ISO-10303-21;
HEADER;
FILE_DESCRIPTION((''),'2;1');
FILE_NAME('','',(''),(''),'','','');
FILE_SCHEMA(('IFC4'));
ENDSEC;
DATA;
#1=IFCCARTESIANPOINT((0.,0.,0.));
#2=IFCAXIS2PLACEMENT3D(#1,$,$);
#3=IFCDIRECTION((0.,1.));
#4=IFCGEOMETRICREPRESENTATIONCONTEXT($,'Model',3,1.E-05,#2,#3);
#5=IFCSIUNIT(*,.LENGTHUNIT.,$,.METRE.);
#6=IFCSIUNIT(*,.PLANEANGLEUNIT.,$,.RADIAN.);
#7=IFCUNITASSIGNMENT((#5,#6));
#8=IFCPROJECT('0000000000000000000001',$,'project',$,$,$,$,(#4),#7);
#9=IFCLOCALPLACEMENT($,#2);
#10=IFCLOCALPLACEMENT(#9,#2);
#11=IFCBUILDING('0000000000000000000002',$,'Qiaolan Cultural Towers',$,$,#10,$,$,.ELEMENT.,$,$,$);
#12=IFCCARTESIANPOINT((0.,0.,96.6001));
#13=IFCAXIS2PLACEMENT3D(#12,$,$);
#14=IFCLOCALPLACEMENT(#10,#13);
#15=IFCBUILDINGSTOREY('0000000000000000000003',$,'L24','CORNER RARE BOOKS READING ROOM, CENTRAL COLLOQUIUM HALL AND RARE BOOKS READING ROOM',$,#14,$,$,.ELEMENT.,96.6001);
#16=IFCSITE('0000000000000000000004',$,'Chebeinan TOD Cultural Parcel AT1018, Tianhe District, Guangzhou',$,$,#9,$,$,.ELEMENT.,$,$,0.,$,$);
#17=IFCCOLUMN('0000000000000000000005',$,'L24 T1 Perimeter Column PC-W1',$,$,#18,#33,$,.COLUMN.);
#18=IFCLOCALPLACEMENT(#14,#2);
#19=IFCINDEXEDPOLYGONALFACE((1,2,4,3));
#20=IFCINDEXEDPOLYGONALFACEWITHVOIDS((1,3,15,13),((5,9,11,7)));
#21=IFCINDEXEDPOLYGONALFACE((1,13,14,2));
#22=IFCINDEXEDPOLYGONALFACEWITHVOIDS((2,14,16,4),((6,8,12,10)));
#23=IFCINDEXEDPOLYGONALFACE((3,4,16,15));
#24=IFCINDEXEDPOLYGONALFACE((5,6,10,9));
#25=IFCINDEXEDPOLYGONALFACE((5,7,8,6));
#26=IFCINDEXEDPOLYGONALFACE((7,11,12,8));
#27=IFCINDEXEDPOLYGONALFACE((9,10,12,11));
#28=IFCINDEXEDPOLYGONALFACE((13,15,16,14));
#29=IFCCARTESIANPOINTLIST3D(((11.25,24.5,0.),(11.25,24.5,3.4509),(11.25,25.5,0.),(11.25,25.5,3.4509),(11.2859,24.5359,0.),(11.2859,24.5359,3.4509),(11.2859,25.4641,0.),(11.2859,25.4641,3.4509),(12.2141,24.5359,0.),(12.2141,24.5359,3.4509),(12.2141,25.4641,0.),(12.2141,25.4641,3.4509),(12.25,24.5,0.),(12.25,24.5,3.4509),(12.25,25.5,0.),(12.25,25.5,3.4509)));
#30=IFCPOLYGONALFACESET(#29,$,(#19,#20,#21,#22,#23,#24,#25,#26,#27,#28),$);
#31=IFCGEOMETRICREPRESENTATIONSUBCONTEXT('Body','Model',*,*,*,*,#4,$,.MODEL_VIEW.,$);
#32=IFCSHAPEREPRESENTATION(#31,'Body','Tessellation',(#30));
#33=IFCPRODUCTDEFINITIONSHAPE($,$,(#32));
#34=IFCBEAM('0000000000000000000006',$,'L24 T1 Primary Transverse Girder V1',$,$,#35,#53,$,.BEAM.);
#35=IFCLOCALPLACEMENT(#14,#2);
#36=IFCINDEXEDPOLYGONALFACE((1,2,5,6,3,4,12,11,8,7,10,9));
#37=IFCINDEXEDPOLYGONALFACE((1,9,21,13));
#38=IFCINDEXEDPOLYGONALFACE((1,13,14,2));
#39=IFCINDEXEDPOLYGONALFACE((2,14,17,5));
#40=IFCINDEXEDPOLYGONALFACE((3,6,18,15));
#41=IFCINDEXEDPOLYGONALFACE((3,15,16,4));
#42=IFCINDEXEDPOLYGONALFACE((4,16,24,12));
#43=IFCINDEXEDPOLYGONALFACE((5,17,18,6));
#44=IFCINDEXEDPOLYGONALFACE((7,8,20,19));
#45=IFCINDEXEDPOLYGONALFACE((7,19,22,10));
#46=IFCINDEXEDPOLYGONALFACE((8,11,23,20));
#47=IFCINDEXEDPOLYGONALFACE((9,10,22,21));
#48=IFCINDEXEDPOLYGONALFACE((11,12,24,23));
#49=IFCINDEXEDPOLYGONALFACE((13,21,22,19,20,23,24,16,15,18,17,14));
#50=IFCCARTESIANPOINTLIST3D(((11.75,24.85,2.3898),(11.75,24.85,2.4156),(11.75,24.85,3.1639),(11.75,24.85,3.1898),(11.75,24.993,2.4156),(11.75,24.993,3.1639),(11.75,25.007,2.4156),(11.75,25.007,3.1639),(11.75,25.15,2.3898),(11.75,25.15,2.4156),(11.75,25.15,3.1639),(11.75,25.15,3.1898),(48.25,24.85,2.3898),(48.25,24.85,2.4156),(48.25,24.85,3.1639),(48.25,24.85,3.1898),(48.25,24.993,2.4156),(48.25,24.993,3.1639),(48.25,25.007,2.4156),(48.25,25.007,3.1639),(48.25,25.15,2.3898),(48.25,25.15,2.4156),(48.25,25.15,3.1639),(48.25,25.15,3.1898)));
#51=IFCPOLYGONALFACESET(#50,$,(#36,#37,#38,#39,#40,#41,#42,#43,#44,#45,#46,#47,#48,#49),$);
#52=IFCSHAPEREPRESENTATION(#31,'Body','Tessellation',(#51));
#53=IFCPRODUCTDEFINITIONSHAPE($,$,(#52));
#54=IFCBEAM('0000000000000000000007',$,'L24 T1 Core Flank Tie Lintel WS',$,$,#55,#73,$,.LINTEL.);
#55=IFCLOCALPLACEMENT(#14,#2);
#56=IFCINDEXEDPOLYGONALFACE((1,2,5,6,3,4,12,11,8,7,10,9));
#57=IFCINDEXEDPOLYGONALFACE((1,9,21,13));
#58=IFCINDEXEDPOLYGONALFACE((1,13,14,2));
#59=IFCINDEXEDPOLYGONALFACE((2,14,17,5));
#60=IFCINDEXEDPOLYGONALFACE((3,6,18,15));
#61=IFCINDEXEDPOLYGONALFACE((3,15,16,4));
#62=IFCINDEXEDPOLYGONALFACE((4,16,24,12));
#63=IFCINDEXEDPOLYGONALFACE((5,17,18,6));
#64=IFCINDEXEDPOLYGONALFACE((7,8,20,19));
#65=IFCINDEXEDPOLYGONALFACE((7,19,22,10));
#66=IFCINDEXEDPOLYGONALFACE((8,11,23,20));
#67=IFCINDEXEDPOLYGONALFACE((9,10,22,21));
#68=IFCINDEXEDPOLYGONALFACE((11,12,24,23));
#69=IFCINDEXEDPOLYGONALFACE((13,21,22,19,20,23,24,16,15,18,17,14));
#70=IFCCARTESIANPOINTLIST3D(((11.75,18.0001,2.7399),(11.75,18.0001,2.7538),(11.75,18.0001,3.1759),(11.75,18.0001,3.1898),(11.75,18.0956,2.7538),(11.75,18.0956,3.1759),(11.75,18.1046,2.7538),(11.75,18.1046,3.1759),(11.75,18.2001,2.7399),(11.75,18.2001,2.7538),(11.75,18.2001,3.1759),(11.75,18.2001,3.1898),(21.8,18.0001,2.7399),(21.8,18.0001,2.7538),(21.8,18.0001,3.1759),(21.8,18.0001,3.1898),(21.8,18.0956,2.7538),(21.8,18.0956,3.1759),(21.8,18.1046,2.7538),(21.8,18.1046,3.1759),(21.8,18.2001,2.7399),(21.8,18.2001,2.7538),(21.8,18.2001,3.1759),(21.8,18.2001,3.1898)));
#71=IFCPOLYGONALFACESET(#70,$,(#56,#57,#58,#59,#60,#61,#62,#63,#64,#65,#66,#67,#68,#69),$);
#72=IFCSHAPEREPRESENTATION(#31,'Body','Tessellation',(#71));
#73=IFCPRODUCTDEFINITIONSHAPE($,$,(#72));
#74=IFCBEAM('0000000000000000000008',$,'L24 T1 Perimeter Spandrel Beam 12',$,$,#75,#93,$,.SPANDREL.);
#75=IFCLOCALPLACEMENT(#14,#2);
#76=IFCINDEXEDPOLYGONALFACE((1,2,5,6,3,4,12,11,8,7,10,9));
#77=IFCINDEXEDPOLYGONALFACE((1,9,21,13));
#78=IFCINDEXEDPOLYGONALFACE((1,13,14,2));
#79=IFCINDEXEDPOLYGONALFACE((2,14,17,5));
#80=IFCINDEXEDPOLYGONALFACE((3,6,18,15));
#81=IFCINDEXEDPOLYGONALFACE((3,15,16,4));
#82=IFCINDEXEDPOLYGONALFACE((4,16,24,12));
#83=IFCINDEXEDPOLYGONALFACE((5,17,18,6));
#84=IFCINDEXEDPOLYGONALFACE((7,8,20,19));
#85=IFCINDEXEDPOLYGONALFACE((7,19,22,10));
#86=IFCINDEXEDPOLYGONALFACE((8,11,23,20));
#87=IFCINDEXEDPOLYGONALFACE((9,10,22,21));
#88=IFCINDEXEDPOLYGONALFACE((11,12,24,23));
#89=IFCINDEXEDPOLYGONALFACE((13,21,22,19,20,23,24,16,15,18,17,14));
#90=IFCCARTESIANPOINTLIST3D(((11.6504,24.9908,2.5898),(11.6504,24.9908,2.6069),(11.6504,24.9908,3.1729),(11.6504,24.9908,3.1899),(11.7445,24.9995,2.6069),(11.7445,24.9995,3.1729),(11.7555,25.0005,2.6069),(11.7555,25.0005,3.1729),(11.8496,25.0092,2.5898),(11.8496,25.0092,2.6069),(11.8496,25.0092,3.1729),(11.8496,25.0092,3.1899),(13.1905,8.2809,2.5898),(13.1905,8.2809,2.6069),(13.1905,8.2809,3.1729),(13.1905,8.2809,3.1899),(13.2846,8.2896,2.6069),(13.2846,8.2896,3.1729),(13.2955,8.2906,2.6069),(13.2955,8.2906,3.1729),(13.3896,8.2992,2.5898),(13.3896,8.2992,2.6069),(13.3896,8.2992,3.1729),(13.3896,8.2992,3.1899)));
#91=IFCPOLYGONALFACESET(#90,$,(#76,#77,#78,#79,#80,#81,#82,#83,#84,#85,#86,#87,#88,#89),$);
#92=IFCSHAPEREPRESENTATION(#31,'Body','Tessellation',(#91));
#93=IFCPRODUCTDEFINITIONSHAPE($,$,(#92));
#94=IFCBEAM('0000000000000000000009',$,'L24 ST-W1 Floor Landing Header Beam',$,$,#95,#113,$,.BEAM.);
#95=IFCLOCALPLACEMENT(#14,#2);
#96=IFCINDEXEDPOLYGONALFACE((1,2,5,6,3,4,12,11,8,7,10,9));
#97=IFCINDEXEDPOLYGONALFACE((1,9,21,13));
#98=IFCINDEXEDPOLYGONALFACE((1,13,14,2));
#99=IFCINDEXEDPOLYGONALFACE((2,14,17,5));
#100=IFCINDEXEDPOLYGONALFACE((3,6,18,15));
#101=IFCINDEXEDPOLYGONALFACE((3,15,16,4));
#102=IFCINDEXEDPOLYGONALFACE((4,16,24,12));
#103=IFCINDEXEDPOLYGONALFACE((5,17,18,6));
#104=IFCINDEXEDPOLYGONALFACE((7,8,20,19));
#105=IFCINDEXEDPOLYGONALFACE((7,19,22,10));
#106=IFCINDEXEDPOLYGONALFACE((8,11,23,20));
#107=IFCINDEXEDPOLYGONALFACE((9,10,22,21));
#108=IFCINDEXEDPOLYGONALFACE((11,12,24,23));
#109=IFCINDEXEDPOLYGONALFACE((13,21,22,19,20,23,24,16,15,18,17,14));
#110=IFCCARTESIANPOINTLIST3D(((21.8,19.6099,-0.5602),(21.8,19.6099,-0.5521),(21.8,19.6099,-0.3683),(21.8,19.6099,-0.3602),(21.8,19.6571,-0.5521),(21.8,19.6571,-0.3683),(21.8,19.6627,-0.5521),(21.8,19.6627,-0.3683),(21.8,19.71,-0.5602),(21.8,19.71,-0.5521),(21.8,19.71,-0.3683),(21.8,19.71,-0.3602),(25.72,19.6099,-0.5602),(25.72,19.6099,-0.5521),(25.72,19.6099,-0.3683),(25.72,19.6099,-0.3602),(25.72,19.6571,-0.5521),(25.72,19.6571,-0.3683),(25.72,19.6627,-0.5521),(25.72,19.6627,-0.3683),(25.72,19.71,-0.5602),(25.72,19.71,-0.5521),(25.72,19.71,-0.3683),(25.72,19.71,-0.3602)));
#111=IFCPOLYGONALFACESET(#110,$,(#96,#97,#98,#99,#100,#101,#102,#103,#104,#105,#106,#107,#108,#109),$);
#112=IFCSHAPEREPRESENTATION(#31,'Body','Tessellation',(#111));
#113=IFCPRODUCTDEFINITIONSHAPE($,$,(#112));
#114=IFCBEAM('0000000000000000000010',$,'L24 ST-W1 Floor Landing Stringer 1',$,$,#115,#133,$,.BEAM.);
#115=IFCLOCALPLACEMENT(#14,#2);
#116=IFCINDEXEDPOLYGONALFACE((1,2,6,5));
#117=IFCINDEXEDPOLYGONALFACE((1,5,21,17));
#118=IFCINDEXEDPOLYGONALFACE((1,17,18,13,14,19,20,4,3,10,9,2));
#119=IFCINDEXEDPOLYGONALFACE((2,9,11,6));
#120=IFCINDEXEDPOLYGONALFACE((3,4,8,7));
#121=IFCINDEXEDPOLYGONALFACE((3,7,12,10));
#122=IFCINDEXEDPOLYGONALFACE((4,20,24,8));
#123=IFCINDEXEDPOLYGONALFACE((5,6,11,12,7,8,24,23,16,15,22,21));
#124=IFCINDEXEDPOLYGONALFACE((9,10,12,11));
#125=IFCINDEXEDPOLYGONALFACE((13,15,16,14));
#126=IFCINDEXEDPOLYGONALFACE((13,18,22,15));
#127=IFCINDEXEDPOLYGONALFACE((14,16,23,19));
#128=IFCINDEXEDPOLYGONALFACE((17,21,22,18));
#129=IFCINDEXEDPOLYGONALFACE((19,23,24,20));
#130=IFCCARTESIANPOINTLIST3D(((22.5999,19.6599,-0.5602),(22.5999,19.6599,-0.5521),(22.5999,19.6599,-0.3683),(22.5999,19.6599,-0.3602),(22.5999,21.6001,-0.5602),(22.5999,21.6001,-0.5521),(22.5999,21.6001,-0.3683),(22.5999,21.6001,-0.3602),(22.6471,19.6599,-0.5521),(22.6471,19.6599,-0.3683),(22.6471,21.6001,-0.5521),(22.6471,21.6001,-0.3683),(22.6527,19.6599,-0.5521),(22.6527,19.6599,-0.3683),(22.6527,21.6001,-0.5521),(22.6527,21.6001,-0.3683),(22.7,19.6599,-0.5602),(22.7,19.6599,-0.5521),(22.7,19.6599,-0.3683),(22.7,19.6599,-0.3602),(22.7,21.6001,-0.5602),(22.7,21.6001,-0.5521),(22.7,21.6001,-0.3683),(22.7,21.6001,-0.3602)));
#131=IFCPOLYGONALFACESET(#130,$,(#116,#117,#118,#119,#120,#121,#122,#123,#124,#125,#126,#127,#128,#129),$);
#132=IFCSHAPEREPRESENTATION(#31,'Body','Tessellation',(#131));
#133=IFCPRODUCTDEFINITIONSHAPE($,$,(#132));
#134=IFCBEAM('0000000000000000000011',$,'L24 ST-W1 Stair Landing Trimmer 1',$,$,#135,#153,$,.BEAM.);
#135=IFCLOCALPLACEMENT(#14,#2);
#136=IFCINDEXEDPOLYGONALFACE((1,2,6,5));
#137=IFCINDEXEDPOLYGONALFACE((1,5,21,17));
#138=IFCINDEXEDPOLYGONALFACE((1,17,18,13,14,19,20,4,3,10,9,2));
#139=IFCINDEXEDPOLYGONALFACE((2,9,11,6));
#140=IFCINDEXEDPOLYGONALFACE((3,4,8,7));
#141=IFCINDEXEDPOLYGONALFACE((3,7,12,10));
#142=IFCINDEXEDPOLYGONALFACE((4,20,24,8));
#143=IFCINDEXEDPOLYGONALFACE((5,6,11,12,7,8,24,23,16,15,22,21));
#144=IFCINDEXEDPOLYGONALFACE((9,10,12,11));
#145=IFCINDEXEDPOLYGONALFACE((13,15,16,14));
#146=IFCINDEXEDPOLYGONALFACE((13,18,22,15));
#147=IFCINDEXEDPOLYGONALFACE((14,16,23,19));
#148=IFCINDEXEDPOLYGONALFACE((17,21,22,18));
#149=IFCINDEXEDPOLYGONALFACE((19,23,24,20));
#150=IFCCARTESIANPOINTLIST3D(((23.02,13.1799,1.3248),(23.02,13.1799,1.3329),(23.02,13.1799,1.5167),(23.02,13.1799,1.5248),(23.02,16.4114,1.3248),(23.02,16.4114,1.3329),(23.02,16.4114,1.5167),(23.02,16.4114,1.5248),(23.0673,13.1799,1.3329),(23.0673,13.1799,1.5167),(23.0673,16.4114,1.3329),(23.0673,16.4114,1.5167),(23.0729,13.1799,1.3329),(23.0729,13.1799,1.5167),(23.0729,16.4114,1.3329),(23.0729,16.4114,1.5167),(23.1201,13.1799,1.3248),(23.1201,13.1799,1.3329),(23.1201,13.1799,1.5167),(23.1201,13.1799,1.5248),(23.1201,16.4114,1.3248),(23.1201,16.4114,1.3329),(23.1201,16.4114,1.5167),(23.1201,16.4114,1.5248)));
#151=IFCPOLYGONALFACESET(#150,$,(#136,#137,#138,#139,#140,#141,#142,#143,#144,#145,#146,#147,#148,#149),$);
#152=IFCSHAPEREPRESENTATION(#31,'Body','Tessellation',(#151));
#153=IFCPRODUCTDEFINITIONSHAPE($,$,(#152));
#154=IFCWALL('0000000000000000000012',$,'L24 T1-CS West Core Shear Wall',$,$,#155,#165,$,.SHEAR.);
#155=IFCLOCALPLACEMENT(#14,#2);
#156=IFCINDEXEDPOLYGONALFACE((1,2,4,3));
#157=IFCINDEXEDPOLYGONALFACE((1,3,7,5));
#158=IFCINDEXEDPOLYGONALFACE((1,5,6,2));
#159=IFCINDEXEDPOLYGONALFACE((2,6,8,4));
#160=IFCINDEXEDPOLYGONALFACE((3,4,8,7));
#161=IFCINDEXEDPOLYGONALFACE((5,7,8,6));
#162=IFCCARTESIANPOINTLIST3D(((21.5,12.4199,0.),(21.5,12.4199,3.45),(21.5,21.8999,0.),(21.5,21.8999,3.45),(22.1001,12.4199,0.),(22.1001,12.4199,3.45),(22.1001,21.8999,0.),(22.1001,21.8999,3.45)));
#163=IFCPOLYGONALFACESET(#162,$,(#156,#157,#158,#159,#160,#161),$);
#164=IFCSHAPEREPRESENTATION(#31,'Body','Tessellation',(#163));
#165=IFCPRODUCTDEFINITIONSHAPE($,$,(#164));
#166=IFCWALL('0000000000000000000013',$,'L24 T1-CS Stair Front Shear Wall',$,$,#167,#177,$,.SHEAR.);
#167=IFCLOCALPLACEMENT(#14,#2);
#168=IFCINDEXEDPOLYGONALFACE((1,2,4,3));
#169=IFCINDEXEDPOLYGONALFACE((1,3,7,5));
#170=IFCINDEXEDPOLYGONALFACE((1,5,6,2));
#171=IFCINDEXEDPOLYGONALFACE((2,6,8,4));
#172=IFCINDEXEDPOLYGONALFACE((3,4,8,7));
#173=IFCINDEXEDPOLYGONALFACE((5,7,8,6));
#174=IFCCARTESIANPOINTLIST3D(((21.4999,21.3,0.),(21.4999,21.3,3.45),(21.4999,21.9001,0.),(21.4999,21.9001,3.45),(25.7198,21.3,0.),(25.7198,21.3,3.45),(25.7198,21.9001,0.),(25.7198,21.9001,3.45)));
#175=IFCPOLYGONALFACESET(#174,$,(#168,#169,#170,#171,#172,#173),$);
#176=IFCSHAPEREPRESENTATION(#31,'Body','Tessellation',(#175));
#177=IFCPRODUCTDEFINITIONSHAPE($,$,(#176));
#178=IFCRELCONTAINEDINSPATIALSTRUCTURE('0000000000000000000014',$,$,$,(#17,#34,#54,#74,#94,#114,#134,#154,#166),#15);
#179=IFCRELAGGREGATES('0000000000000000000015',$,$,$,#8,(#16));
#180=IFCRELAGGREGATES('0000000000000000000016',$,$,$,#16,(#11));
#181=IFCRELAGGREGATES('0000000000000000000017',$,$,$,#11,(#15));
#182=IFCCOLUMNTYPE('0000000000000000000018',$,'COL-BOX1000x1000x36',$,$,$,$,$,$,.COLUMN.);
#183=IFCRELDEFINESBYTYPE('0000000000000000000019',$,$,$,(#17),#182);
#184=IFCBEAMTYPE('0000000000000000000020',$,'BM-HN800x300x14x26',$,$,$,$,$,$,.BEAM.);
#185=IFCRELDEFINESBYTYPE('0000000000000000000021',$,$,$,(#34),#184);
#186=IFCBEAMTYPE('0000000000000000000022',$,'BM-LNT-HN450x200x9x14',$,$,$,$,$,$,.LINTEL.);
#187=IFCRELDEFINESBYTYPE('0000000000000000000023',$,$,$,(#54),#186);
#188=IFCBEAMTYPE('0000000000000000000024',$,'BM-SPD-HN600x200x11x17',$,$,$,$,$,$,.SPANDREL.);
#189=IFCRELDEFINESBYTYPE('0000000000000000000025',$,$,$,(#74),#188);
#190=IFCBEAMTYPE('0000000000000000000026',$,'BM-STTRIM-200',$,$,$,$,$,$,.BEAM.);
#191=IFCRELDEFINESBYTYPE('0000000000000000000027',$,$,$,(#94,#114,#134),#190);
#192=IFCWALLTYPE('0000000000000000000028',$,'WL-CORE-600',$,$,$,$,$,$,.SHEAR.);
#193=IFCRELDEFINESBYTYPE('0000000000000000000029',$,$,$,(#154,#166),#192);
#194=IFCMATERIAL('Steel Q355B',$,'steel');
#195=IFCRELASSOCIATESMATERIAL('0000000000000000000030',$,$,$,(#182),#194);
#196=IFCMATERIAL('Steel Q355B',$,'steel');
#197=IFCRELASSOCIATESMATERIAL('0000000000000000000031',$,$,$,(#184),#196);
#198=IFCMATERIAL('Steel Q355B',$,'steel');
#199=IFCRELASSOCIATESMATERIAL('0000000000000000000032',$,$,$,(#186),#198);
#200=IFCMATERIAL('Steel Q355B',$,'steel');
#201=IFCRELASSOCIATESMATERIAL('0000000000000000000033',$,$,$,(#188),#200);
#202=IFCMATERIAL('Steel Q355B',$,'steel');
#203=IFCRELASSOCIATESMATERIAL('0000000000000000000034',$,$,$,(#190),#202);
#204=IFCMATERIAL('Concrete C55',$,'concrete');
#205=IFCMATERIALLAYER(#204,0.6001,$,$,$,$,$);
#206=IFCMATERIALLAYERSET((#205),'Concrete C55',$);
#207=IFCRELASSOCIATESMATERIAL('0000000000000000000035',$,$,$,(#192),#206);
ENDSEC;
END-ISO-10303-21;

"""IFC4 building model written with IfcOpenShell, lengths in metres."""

from ifc_helpers import new_model, si_unit, direction, frame, frame_2d, origin, origin_2d, place, context, subcontext, project, spatial, rectangle, hollow_rectangle, i_section, extrude, material, layer, layer_set, material_profile, profile_set, type_object, element, save


model = new_model("IFC4")

# Units and contexts
model_context = context("Model", 3, precision=1e-05, world=origin(), true_north=direction((0.0, 1.0)))
body_context = subcontext(model_context, "Body", "Model", "MODEL_VIEW")
ifc_project = project(units=[si_unit("LENGTHUNIT", "METRE"), si_unit("PLANEANGLEUNIT", "RADIAN")], contexts=[model_context])

# Site, building, storey
site_placement = place(None, origin())
site = spatial("IfcSite", under=ifc_project, at=site_placement, Name="Chebeinan TOD Cultural Parcel AT1018, Tianhe District, Guangzhou", CompositionType="ELEMENT", RefElevation=0.0)
building_placement = place(site_placement, origin())
building = spatial("IfcBuilding", under=site, at=building_placement, Name="Qiaolan Cultural Towers", CompositionType="ELEMENT")
storey_placement = place(building_placement, frame((0.0, 0.0, 96.6001)))
storey = spatial("IfcBuildingStorey", under=building, at=storey_placement, Name="L24", Description="CORNER RARE BOOKS READING ROOM, CENTRAL COLLOQUIUM HALL AND RARE BOOKS READING ROOM", CompositionType="ELEMENT", Elevation=96.6001)

# Column
ifc_material_1 = material(Name="Steel Q355B", Category="steel")
ifc_material_profile_1 = material_profile(ifc_material_1, hollow_rectangle(XDim=1.0, YDim=1.0, WallThickness=0.0359, at=origin_2d()), Name="BOX1000x1000x36")
ifc_profile_set_1 = profile_set([ifc_material_profile_1], Name="Steel Q355B")
column_type = type_object("IfcColumnType", Name="COL-BOX1000x1000x36", PredefinedType="COLUMN", material=ifc_profile_set_1)
column_placement = place(storey_placement, frame((11.75, 25.0, 0.0), z_axis=(0.0, 0.0, 1.0), x_axis=(1.0, 0.0, 0.0)))
element("IfcColumn", 1, at=column_placement, inside=storey, type_object=column_type, Name="L24 T1 Perimeter Column PC-W1", PredefinedType="COLUMN", context=body_context, shape_type="SweptSolid", body=[
    extrude(hollow_rectangle(XDim=1.0, YDim=1.0, WallThickness=0.0359, at=origin_2d()), origin(), (0.0, 0.0, 1.0), 3.4509),
])

# Beams
ifc_material_2 = material(Name="Steel Q355B", Category="steel")
ifc_material_profile_2 = material_profile(ifc_material_2, i_section(OverallWidth=0.3, OverallDepth=0.8, WebThickness=0.0139, FlangeThickness=0.0259, at=origin_2d()), Name="HN800x300x14x26")
ifc_profile_set_2 = profile_set([ifc_material_profile_2], Name="Steel Q355B")
beam_type_1 = type_object("IfcBeamType", Name="BM-HN800x300x14x26", PredefinedType="BEAM", material=ifc_profile_set_2)
beam_1_placement = place(storey_placement, frame((11.75, 25.0, 2.7898), z_axis=(1.0, 0.0, 0.0), x_axis=(0.0, 1.0, 0.0)))
element("IfcBeam", 2, at=beam_1_placement, inside=storey, type_object=beam_type_1, Name="L24 T1 Primary Transverse Girder V1", PredefinedType="BEAM", context=body_context, shape_type="SweptSolid", body=[
    extrude(i_section(OverallWidth=0.3, OverallDepth=0.8, WebThickness=0.0139, FlangeThickness=0.0259, at=origin_2d()), origin(), (0.0, 0.0, 1.0), 36.5),
])
ifc_material_3 = material(Name="Steel Q355B", Category="steel")
ifc_material_profile_3 = material_profile(ifc_material_3, i_section(OverallWidth=0.2, OverallDepth=0.45, WebThickness=0.009, FlangeThickness=0.0139, at=origin_2d()), Name="HN450x200x9x14")
ifc_profile_set_3 = profile_set([ifc_material_profile_3], Name="Steel Q355B")
beam_type_2 = type_object("IfcBeamType", Name="BM-LNT-HN450x200x9x14", PredefinedType="LINTEL", material=ifc_profile_set_3)
beam_2_placement = place(storey_placement, frame((21.8, 18.1001, 2.9648), z_axis=(-1.0, 0.0, 0.0), x_axis=(0.0, -1.0, 0.0)))
element("IfcBeam", 3, at=beam_2_placement, inside=storey, type_object=beam_type_2, Name="L24 T1 Core Flank Tie Lintel WS", PredefinedType="LINTEL", context=body_context, shape_type="SweptSolid", body=[
    extrude(i_section(OverallWidth=0.2, OverallDepth=0.45, WebThickness=0.009, FlangeThickness=0.0139, at=origin_2d()), origin(), (0.0, 0.0, 1.0), 10.05),
])
ifc_material_4 = material(Name="Steel Q355B", Category="steel")
ifc_material_profile_4 = material_profile(ifc_material_4, i_section(OverallWidth=0.2, OverallDepth=0.6001, WebThickness=0.011, FlangeThickness=0.0171, at=origin_2d()), Name="HN600x200x11x17")
ifc_profile_set_4 = profile_set([ifc_material_profile_4], Name="Steel Q355B")
beam_type_3 = type_object("IfcBeamType", Name="BM-SPD-HN600x200x11x17", PredefinedType="SPANDREL", material=ifc_profile_set_4)
beam_3_placement = place(storey_placement, frame((11.75, 25.0, 2.8899), z_axis=(0.091774, -0.99578, 0.0), x_axis=(0.99578, 0.091774, 0.0)))
element("IfcBeam", 4, at=beam_3_placement, inside=storey, type_object=beam_type_3, Name="L24 T1 Perimeter Spandrel Beam 12", PredefinedType="SPANDREL", context=body_context, shape_type="SweptSolid", body=[
    extrude(i_section(OverallWidth=0.2, OverallDepth=0.6001, WebThickness=0.011, FlangeThickness=0.0171, at=origin_2d()), origin(), (0.0, 0.0, 1.0), 16.7808),
])
ifc_material_5 = material(Name="Steel Q355B", Category="steel")
ifc_material_profile_5 = material_profile(ifc_material_5, i_section(OverallWidth=0.1001, OverallDepth=0.2, WebThickness=0.0056, FlangeThickness=0.0081, at=origin_2d()), Name="HN200x100x5.5x8")
ifc_profile_set_5 = profile_set([ifc_material_profile_5], Name="Steel Q355B")
beam_type_4 = type_object("IfcBeamType", Name="BM-STTRIM-200", PredefinedType="BEAM", material=ifc_profile_set_5)
beam_4_placement = place(storey_placement, frame((21.8, 19.6599, -0.4602), z_axis=(1.0, 0.0, 0.0), x_axis=(0.0, 1.0, 0.0)))
element("IfcBeam", 5, at=beam_4_placement, inside=storey, type_object=beam_type_4, Name="L24 ST-W1 Floor Landing Header Beam", PredefinedType="BEAM", context=body_context, shape_type="SweptSolid", body=[
    extrude(i_section(OverallWidth=0.1001, OverallDepth=0.2, WebThickness=0.0056, FlangeThickness=0.0081, at=origin_2d()), origin(), (0.0, 0.0, 1.0), 3.9199),
])
beam_5_placement = place(storey_placement, frame((22.6499, 21.6001, -0.4602), z_axis=(0.0, -1.0, 0.0), x_axis=(1.0, 0.0, 0.0)))
element("IfcBeam", 6, at=beam_5_placement, inside=storey, type_object=beam_type_4, Name="L24 ST-W1 Floor Landing Stringer 1", PredefinedType="BEAM", context=body_context, shape_type="SweptSolid", body=[
    extrude(i_section(OverallWidth=0.1001, OverallDepth=0.2, WebThickness=0.0056, FlangeThickness=0.0081, at=origin_2d()), origin(), (0.0, 0.0, 1.0), 1.9402),
])
beam_6_placement = place(storey_placement, frame((23.0701, 16.4114, 1.4248), z_axis=(0.0, -1.0, 0.0), x_axis=(1.0, 0.0, 0.0)))
element("IfcBeam", 7, at=beam_6_placement, inside=storey, type_object=beam_type_4, Name="L24 ST-W1 Stair Landing Trimmer 1", PredefinedType="BEAM", context=body_context, shape_type="SweptSolid", body=[
    extrude(i_section(OverallWidth=0.1001, OverallDepth=0.2, WebThickness=0.0056, FlangeThickness=0.0081, at=origin_2d()), origin(), (0.0, 0.0, 1.0), 3.2314),
])

# Walls
ifc_material_6 = material(Name="Concrete C55", Category="concrete")
ifc_layer_1 = layer(ifc_material_6, 0.6001)
ifc_layer_set_1 = layer_set([ifc_layer_1], Name="Concrete C55")
wall_type_1 = type_object("IfcWallType", Name="WL-CORE-600", PredefinedType="SHEAR", material=ifc_layer_set_1)
wall_1_placement = place(storey_placement, frame((21.8, 21.8999, 0.0), z_axis=(0.0, 0.0, 1.0), x_axis=(0.0, -1.0, 0.0)))
element("IfcWall", 8, at=wall_1_placement, inside=storey, type_object=wall_type_1, Name="L24 T1-CS West Core Shear Wall", PredefinedType="SHEAR", context=body_context, shape_type="SweptSolid", body=[
    extrude(rectangle(XDim=9.48, YDim=0.6001, at=frame_2d((4.74, 0.0))), origin(), (0.0, 0.0, 1.0), 3.45),
])
wall_2_placement = place(storey_placement, frame((21.5, 21.6001, 0.0), z_axis=(0.0, 0.0, 1.0), x_axis=(1.0, 0.0, 0.0)))
element("IfcWall", 9, at=wall_2_placement, inside=storey, type_object=wall_type_1, Name="L24 T1-CS Stair Front Shear Wall", PredefinedType="SHEAR", context=body_context, shape_type="SweptSolid", body=[
    extrude(rectangle(XDim=4.22, YDim=0.6001, at=frame_2d((2.1099, 0.0))), origin(), (0.0, 0.0, 1.0), 3.45),
])

save(model, "model.ifc")
